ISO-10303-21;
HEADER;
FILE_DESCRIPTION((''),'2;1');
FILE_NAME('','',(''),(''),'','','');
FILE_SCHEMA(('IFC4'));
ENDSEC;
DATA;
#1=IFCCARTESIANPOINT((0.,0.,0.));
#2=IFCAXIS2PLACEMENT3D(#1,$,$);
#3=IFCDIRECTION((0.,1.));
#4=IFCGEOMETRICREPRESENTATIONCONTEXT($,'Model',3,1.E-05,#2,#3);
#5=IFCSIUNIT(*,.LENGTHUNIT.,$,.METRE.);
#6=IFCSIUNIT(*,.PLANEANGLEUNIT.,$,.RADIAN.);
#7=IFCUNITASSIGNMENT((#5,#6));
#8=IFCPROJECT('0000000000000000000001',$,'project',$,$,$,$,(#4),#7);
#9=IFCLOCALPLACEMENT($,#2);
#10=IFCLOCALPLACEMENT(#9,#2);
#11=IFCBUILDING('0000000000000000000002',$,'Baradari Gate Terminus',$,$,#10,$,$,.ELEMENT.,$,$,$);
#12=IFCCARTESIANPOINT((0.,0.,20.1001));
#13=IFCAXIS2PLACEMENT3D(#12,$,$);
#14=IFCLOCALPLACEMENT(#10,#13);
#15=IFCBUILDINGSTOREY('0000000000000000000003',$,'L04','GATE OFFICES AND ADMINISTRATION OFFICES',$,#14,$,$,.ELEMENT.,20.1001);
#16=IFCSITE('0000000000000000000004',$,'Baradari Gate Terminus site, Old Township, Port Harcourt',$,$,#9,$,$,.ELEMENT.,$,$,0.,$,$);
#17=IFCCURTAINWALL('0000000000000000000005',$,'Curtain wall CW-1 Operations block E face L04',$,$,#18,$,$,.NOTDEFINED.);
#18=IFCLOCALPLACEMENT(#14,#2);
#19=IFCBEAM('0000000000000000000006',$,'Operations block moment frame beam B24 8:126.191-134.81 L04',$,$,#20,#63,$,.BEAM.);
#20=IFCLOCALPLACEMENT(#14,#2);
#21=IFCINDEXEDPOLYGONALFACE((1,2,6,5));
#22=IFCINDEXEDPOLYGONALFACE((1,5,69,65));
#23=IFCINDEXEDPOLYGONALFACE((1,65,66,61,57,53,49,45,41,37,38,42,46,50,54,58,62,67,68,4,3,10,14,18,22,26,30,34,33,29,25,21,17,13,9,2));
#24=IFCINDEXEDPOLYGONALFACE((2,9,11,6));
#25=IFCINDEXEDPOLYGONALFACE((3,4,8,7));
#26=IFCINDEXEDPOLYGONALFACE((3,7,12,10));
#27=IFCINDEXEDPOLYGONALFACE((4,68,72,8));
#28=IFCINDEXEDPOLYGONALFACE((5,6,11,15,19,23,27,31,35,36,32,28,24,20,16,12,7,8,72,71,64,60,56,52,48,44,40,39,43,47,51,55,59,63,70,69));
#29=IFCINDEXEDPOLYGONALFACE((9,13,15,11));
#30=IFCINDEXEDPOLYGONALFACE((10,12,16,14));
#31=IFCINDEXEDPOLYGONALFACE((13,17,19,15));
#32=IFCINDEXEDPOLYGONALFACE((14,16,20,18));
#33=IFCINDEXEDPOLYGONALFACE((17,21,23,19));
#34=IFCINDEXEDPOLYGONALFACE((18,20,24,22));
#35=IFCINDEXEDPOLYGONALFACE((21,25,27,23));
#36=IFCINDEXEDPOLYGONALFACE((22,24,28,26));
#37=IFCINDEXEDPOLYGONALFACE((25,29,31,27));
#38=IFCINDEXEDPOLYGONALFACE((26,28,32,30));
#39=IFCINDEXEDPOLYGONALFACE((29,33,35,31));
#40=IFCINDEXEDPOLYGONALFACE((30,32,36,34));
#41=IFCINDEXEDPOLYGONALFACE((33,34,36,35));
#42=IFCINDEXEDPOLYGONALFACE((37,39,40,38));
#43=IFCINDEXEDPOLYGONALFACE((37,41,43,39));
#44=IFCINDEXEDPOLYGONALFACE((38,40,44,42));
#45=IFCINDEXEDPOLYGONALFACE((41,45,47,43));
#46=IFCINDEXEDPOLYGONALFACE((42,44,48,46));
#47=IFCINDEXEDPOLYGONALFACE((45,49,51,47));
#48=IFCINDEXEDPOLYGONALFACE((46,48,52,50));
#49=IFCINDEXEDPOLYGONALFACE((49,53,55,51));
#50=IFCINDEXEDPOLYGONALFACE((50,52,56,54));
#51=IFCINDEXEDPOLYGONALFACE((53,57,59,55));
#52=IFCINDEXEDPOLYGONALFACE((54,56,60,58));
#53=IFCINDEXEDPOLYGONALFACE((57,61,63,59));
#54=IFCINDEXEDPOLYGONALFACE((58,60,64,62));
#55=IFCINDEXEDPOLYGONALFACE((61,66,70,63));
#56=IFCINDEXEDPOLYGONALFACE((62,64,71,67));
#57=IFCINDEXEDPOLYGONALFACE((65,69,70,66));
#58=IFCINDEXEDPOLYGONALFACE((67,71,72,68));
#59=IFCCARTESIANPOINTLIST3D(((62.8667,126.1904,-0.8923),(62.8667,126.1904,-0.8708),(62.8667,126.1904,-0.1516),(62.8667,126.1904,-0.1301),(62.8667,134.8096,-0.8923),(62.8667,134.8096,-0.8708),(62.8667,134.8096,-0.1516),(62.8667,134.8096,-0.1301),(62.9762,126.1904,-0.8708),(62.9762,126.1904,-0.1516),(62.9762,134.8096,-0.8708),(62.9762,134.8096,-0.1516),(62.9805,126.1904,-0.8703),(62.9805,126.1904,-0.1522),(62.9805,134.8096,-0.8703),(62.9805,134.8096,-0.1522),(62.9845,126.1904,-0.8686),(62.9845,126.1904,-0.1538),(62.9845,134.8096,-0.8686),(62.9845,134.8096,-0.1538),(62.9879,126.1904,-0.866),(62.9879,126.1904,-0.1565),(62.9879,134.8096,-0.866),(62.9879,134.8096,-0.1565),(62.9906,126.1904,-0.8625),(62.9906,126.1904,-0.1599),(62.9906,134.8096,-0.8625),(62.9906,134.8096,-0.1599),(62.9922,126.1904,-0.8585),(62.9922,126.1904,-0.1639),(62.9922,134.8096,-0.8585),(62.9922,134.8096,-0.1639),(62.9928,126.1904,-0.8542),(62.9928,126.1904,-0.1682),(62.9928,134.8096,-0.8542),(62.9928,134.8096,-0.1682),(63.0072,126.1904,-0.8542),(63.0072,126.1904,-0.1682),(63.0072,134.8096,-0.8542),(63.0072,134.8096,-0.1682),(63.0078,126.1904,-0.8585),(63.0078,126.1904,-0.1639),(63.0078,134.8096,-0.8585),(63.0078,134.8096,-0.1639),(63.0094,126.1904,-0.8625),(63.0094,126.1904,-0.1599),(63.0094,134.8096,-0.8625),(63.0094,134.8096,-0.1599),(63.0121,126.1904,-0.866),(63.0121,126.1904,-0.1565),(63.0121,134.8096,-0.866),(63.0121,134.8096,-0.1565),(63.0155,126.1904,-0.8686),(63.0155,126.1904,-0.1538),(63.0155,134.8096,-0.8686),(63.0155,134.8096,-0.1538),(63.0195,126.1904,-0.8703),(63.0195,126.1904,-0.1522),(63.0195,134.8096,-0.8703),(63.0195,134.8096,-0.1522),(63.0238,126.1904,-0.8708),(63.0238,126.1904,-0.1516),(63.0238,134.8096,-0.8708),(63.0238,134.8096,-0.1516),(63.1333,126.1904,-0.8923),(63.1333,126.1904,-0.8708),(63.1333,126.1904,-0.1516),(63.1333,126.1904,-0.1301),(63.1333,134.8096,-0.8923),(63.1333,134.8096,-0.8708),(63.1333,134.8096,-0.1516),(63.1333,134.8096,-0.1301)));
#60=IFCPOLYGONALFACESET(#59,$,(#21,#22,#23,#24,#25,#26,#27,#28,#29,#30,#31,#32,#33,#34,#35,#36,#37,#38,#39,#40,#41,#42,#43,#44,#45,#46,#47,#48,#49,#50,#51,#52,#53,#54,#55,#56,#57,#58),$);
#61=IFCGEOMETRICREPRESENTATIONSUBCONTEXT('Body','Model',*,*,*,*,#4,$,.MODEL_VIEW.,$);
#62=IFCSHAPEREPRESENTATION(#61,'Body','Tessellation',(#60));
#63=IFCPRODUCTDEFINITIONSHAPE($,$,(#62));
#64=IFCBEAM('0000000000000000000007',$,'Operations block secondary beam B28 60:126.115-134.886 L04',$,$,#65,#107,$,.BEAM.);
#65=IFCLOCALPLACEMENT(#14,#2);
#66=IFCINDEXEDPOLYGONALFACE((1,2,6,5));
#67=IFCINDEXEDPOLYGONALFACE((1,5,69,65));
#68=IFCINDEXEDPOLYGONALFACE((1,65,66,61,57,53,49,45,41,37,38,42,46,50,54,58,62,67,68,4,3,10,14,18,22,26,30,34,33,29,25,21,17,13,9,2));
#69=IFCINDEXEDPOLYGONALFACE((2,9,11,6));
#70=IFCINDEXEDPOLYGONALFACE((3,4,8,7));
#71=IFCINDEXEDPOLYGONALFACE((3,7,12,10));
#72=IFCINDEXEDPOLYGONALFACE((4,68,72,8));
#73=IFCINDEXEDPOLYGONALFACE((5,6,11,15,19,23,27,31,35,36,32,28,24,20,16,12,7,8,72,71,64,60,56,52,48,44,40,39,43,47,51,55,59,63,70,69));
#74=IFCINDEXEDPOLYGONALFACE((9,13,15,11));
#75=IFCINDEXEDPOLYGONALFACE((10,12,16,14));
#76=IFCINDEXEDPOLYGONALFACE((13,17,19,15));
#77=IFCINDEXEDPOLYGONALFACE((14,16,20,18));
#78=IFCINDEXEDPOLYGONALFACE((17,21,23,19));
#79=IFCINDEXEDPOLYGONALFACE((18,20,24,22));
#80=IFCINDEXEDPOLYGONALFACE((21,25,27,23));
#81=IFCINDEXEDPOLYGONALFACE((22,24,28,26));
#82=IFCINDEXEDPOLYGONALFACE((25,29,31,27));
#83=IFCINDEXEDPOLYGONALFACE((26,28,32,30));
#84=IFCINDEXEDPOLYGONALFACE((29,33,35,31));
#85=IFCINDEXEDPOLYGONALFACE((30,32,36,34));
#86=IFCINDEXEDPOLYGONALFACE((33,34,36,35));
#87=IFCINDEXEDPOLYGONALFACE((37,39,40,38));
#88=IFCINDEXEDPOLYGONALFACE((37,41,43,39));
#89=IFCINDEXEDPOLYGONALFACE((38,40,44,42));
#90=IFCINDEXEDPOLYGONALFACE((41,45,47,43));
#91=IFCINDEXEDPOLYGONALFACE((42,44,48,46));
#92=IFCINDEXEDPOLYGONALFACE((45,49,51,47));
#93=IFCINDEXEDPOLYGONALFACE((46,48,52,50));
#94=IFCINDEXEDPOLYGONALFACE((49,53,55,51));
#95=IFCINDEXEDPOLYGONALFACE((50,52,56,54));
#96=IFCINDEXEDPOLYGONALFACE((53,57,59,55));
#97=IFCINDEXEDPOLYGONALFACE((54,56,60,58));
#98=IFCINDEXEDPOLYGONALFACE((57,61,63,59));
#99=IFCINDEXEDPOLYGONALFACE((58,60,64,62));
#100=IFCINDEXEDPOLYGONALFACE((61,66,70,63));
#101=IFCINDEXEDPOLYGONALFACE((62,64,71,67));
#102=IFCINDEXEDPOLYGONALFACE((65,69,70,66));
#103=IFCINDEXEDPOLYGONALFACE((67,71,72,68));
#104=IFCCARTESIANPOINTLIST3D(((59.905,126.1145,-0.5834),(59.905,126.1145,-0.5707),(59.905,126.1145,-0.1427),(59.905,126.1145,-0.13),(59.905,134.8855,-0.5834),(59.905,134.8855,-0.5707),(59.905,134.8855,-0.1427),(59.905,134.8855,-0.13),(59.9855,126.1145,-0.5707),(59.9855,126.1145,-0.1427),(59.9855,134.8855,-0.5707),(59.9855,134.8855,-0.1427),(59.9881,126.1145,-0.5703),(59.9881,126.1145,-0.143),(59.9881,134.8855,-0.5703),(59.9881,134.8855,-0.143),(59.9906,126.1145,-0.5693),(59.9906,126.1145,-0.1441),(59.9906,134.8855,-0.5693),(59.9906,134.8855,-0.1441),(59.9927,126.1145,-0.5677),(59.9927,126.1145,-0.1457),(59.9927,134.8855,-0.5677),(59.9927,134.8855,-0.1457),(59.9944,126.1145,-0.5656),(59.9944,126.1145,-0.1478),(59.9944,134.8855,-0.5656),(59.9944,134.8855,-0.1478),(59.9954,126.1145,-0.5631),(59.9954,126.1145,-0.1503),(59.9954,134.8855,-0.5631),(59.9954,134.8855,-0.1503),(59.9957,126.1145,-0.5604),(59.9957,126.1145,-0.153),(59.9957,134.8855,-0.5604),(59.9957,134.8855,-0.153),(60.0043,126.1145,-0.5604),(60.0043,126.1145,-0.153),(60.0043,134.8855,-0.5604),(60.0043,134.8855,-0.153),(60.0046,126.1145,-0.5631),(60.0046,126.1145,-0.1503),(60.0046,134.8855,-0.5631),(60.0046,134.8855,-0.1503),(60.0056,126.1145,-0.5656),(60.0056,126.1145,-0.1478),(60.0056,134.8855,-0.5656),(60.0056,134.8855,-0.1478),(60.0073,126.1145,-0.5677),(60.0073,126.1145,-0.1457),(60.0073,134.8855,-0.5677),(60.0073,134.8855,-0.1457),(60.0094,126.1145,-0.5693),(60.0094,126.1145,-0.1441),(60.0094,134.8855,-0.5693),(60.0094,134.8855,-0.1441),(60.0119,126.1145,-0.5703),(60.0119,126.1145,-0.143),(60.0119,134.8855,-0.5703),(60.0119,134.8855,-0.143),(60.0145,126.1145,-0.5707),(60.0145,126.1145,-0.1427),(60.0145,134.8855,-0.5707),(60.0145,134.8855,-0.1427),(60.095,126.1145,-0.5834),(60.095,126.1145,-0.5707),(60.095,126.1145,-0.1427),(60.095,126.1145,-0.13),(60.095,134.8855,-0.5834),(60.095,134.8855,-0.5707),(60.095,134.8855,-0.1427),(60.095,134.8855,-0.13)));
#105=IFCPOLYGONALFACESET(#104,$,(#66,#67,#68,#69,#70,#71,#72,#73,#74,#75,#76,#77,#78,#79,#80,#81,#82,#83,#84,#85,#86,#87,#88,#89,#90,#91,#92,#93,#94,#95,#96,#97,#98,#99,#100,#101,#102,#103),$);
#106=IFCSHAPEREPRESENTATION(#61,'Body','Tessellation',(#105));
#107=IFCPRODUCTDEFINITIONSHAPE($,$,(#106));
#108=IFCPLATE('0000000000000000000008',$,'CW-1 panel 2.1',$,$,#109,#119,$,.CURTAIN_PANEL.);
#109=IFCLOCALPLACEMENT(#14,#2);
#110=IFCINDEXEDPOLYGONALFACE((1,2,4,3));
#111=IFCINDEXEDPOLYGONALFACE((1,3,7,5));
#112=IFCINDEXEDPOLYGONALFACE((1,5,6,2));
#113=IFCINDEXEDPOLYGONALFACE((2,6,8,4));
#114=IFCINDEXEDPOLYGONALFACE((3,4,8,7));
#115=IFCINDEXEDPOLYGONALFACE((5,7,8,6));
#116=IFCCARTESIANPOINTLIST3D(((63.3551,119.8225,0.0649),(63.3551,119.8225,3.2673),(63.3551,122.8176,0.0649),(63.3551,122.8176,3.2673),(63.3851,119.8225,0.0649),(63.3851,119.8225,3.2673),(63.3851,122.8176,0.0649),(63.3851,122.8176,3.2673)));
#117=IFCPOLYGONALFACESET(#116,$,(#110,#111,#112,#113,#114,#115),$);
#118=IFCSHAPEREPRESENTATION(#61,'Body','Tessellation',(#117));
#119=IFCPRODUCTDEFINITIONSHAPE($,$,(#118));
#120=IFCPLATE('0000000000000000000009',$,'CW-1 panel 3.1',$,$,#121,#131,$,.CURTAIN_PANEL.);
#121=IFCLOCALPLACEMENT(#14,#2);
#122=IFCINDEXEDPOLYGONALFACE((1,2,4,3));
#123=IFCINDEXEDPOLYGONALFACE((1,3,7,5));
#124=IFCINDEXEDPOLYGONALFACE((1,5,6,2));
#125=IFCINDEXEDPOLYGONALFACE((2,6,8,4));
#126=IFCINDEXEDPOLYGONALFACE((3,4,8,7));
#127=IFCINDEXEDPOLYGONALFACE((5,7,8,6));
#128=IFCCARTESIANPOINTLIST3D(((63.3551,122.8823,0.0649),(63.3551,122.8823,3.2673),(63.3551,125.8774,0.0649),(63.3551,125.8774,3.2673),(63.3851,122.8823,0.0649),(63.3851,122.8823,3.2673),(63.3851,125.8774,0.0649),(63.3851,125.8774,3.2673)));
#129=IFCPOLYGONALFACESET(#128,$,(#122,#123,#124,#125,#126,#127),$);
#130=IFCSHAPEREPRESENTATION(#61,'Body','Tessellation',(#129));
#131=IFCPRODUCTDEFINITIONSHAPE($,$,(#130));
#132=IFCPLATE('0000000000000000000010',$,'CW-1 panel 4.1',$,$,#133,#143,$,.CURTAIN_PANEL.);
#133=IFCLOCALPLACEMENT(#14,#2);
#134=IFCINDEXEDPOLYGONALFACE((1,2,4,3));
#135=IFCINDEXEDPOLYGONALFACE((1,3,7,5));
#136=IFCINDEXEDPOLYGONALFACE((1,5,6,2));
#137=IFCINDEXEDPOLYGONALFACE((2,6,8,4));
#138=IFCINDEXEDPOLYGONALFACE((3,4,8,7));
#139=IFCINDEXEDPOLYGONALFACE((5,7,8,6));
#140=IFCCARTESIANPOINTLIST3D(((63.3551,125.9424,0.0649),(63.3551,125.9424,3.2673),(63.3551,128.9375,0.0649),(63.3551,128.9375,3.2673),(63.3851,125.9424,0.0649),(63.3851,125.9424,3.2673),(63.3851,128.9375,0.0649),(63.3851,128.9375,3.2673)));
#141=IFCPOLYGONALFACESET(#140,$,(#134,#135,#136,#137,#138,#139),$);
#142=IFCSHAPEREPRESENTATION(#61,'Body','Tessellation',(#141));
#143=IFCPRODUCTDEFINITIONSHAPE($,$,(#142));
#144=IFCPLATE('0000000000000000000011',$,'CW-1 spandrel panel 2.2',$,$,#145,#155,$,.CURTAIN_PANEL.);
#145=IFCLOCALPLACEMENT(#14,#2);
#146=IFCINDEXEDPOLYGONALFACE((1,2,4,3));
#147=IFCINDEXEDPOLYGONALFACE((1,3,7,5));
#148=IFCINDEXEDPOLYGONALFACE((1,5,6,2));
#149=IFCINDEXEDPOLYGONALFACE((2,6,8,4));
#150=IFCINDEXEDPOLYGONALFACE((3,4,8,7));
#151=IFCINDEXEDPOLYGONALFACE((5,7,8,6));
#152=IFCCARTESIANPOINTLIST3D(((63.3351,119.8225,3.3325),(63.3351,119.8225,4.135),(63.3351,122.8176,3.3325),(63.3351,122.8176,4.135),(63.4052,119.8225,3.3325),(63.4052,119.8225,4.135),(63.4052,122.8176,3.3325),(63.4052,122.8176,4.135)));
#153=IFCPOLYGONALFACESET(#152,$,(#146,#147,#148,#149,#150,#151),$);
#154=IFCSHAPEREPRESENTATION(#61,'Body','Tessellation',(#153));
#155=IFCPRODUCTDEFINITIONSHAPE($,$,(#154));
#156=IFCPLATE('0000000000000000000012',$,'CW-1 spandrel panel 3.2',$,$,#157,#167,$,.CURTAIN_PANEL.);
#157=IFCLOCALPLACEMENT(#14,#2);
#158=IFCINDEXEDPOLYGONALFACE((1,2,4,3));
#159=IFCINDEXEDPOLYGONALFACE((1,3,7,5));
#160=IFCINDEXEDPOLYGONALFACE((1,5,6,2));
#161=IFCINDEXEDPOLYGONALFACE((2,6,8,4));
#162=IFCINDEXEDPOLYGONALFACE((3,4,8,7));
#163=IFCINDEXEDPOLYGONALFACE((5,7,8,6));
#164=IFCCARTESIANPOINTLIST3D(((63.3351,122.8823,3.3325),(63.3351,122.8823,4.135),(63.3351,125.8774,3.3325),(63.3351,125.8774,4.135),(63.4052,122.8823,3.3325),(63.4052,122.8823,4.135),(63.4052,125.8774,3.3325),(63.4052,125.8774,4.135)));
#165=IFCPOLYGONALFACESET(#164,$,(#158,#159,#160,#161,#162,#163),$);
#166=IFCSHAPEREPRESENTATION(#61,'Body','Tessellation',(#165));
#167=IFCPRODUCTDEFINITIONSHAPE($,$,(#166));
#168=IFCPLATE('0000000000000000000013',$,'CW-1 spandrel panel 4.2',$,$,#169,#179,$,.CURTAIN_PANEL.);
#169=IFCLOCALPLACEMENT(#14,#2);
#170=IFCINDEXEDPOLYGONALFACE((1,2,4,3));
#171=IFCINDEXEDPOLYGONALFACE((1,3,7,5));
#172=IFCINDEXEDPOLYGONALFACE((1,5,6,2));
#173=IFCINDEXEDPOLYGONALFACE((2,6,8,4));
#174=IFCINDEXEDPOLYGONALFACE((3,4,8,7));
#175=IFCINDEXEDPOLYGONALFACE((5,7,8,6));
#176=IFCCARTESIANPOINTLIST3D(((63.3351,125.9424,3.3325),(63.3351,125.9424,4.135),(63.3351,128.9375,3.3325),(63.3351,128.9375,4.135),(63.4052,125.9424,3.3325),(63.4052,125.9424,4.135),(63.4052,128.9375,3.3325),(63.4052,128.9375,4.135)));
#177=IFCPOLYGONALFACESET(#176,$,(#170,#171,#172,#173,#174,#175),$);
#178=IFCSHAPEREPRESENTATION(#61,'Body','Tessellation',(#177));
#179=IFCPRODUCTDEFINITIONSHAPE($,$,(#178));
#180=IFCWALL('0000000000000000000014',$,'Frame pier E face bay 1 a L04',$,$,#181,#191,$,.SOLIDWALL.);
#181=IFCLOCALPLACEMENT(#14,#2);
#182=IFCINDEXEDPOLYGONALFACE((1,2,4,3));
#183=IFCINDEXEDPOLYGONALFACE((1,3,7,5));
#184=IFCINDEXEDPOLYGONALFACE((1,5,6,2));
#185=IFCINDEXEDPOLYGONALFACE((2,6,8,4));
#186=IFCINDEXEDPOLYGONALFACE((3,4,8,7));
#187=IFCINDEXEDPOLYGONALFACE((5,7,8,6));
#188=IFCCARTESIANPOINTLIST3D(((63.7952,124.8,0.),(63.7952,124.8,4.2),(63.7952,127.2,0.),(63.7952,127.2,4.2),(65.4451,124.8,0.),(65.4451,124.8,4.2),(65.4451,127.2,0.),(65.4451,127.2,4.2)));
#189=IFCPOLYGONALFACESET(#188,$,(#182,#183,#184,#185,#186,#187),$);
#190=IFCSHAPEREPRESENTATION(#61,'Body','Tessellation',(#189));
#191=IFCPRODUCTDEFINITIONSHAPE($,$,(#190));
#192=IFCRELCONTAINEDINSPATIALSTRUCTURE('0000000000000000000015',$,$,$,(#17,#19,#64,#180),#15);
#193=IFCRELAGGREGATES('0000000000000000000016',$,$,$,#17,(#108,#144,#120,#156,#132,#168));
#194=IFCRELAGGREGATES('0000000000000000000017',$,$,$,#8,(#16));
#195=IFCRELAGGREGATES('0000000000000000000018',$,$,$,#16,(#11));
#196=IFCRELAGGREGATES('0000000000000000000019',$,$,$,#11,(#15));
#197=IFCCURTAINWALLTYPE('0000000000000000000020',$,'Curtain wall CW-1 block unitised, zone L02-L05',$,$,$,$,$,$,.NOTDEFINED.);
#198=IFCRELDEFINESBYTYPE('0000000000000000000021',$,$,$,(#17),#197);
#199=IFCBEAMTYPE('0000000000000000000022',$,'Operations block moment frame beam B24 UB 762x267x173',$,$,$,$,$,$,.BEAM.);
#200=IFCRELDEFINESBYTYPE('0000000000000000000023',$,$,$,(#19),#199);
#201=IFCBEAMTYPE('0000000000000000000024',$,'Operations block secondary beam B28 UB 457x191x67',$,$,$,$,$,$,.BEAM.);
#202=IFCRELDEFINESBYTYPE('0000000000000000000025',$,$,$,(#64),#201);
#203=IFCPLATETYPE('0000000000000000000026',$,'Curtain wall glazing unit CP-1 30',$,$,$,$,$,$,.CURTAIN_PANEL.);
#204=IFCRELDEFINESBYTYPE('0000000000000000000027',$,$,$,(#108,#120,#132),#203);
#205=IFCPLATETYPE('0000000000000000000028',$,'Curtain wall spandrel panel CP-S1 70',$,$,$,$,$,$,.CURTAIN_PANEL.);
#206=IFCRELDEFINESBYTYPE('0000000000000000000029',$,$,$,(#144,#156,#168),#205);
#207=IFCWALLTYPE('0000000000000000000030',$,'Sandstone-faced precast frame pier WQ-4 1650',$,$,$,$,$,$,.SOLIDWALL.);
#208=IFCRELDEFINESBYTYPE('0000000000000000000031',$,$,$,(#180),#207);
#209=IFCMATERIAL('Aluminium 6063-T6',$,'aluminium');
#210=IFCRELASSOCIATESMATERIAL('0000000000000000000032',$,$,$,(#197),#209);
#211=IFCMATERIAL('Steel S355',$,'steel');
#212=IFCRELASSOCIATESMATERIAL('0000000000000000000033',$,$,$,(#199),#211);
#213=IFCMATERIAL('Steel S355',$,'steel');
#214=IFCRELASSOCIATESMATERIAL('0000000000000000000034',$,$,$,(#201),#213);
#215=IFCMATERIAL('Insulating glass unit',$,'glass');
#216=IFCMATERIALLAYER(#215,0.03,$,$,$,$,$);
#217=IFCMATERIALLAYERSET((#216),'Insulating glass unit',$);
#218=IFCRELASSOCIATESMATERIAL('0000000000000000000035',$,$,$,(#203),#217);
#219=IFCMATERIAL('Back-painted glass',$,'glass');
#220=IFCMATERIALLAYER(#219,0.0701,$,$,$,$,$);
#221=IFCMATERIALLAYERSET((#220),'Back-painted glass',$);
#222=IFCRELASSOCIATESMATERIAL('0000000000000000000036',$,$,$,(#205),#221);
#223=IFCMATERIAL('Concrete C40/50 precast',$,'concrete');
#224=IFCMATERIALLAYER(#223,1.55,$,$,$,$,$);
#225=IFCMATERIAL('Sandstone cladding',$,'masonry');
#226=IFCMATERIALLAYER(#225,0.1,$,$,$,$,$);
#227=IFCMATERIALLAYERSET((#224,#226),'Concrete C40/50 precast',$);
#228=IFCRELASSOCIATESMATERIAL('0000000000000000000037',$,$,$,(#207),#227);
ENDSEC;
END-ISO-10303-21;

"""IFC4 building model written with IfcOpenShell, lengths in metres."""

from ifc_helpers import new_model, si_unit, direction, frame, frame_2d, origin, origin_2d, place, context, subcontext, project, spatial, rectangle, i_section, extrude, material, layer, layer_set, material_profile, profile_set, type_object, element, aggregate, save


model = new_model("IFC4")

# Units and contexts
model_context = context("Model", 3, precision=1e-05, world=origin(), true_north=direction((0.0, 1.0)))
body_context = subcontext(model_context, "Body", "Model", "MODEL_VIEW")
ifc_project = project(units=[si_unit("LENGTHUNIT", "METRE"), si_unit("PLANEANGLEUNIT", "RADIAN")], contexts=[model_context])

# Site, building, storey
site_placement = place(None, origin())
site = spatial("IfcSite", under=ifc_project, at=site_placement, Name="Baradari Gate Terminus site, Old Township, Port Harcourt", CompositionType="ELEMENT", RefElevation=0.0)
building_placement = place(site_placement, origin())
building = spatial("IfcBuilding", under=site, at=building_placement, Name="Baradari Gate Terminus", CompositionType="ELEMENT")
storey_placement = place(building_placement, frame((0.0, 0.0, 20.1001)))
storey = spatial("IfcBuildingStorey", under=building, at=storey_placement, Name="L04", Description="GATE OFFICES AND ADMINISTRATION OFFICES", CompositionType="ELEMENT", Elevation=20.1001)

# Curtain wall
ifc_material_1 = material(Name="Aluminium 6063-T6", Category="aluminium")
curtain_wall_type = type_object("IfcCurtainWallType", Name="Curtain wall CW-1 block unitised, zone L02-L05", PredefinedType="NOTDEFINED", material=ifc_material_1)
curtain_wall_placement = place(storey_placement, origin())
curtain_wall = element("IfcCurtainWall", 1, at=curtain_wall_placement, inside=storey, type_object=curtain_wall_type, Name="Curtain wall CW-1 Operations block E face L04", PredefinedType="NOTDEFINED")

# Beams
ifc_material_2 = material(Name="Steel S355", Category="steel")
ifc_material_profile_1 = material_profile(ifc_material_2, i_section(OverallWidth=0.2666, OverallDepth=0.7622, WebThickness=0.0144, FlangeThickness=0.0215, FilletRadius=0.0166, at=origin_2d()), Name="UB 762x267x173")
ifc_profile_set_1 = profile_set([ifc_material_profile_1], Name="Steel S355")
beam_type_1 = type_object("IfcBeamType", Name="Operations block moment frame beam B24 UB 762x267x173", PredefinedType="BEAM", material=ifc_profile_set_1)
beam_1_placement = place(storey_placement, frame((63.0, 126.1904, -0.5112), z_axis=(0.0, 1.0, 0.0), x_axis=(-1.0, 0.0, 0.0)))
element("IfcBeam", 2, at=beam_1_placement, inside=storey, type_object=beam_type_1, Name="Operations block moment frame beam B24 8:126.191-134.81 L04", PredefinedType="BEAM", context=body_context, shape_type="SweptSolid", body=[
    extrude(i_section(OverallWidth=0.2666, OverallDepth=0.7622, WebThickness=0.0144, FlangeThickness=0.0215, FilletRadius=0.0166, at=origin_2d()), origin(), (0.0, 0.0, 1.0), 8.6191),
])
ifc_material_3 = material(Name="Steel S355", Category="steel")
ifc_material_profile_2 = material_profile(ifc_material_3, i_section(OverallWidth=0.1899, OverallDepth=0.4534, WebThickness=0.0085, FlangeThickness=0.0127, FilletRadius=0.0103, at=origin_2d()), Name="UB 457x191x67")
ifc_profile_set_2 = profile_set([ifc_material_profile_2], Name="Steel S355")
beam_type_2 = type_object("IfcBeamType", Name="Operations block secondary beam B28 UB 457x191x67", PredefinedType="BEAM", material=ifc_profile_set_2)
beam_2_placement = place(storey_placement, frame((60.0, 126.1145, -0.3567), z_axis=(0.0, 1.0, 0.0), x_axis=(-1.0, 0.0, 0.0)))
element("IfcBeam", 3, at=beam_2_placement, inside=storey, type_object=beam_type_2, Name="Operations block secondary beam B28 60:126.115-134.886 L04", PredefinedType="BEAM", context=body_context, shape_type="SweptSolid", body=[
    extrude(i_section(OverallWidth=0.1899, OverallDepth=0.4534, WebThickness=0.0085, FlangeThickness=0.0127, FilletRadius=0.0103, at=origin_2d()), origin(), (0.0, 0.0, 1.0), 8.771),
])

# Plates
ifc_material_4 = material(Name="Insulating glass unit", Category="glass")
ifc_layer_1 = layer(ifc_material_4, 0.03)
ifc_layer_set_1 = layer_set([ifc_layer_1], Name="Insulating glass unit")
plate_type_1 = type_object("IfcPlateType", Name="Curtain wall glazing unit CP-1 30", PredefinedType="CURTAIN_PANEL", material=ifc_layer_set_1)
plate_1_placement = place(storey_placement, frame((63.3701, 121.3201, 0.0649), z_axis=(0.0, 0.0, 1.0), x_axis=(0.0, 1.0, 0.0)))
plate_1 = element("IfcPlate", 4, at=plate_1_placement, type_object=plate_type_1, Name="CW-1 panel 2.1", PredefinedType="CURTAIN_PANEL", context=body_context, shape_type="SweptSolid", body=[
    extrude(rectangle(XDim=2.9951, YDim=0.03, at=origin_2d()), origin(), (0.0, 0.0, 1.0), 3.2024),
])
plate_2_placement = place(storey_placement, frame((63.3701, 124.3799, 0.0649), z_axis=(0.0, 0.0, 1.0), x_axis=(0.0, 1.0, 0.0)))
plate_2 = element("IfcPlate", 5, at=plate_2_placement, type_object=plate_type_1, Name="CW-1 panel 3.1", PredefinedType="CURTAIN_PANEL", context=body_context, shape_type="SweptSolid", body=[
    extrude(rectangle(XDim=2.9951, YDim=0.03, at=origin_2d()), origin(), (0.0, 0.0, 1.0), 3.2024),
])
plate_3_placement = place(storey_placement, frame((63.3701, 127.4399, 0.0649), z_axis=(0.0, 0.0, 1.0), x_axis=(0.0, 1.0, 0.0)))
plate_3 = element("IfcPlate", 6, at=plate_3_placement, type_object=plate_type_1, Name="CW-1 panel 4.1", PredefinedType="CURTAIN_PANEL", context=body_context, shape_type="SweptSolid", body=[
    extrude(rectangle(XDim=2.9951, YDim=0.03, at=origin_2d()), origin(), (0.0, 0.0, 1.0), 3.2024),
])
ifc_material_5 = material(Name="Back-painted glass", Category="glass")
ifc_layer_2 = layer(ifc_material_5, 0.0701)
ifc_layer_set_2 = layer_set([ifc_layer_2], Name="Back-painted glass")
plate_type_2 = type_object("IfcPlateType", Name="Curtain wall spandrel panel CP-S1 70", PredefinedType="CURTAIN_PANEL", material=ifc_layer_set_2)
plate_4_placement = place(storey_placement, frame((63.3701, 121.3201, 3.3325), z_axis=(0.0, 0.0, 1.0), x_axis=(0.0, 1.0, 0.0)))
plate_4 = element("IfcPlate", 7, at=plate_4_placement, type_object=plate_type_2, Name="CW-1 spandrel panel 2.2", PredefinedType="CURTAIN_PANEL", context=body_context, shape_type="SweptSolid", body=[
    extrude(rectangle(XDim=2.9951, YDim=0.0701, at=origin_2d()), origin(), (0.0, 0.0, 1.0), 0.8025),
])
plate_5_placement = place(storey_placement, frame((63.3701, 124.3799, 3.3325), z_axis=(0.0, 0.0, 1.0), x_axis=(0.0, 1.0, 0.0)))
plate_5 = element("IfcPlate", 8, at=plate_5_placement, type_object=plate_type_2, Name="CW-1 spandrel panel 3.2", PredefinedType="CURTAIN_PANEL", context=body_context, shape_type="SweptSolid", body=[
    extrude(rectangle(XDim=2.9951, YDim=0.0701, at=origin_2d()), origin(), (0.0, 0.0, 1.0), 0.8025),
])
plate_6_placement = place(storey_placement, frame((63.3701, 127.4399, 3.3325), z_axis=(0.0, 0.0, 1.0), x_axis=(0.0, 1.0, 0.0)))
plate_6 = element("IfcPlate", 9, at=plate_6_placement, type_object=plate_type_2, Name="CW-1 spandrel panel 4.2", PredefinedType="CURTAIN_PANEL", context=body_context, shape_type="SweptSolid", body=[
    extrude(rectangle(XDim=2.9951, YDim=0.0701, at=origin_2d()), origin(), (0.0, 0.0, 1.0), 0.8025),
])
aggregate(curtain_wall, [plate_1, plate_4, plate_2, plate_5, plate_3, plate_6])

# Wall
ifc_material_6 = material(Name="Concrete C40/50 precast", Category="concrete")
ifc_layer_3 = layer(ifc_material_6, 1.55)
ifc_material_7 = material(Name="Sandstone cladding", Category="masonry")
ifc_layer_4 = layer(ifc_material_7, 0.1)
ifc_layer_set_3 = layer_set([ifc_layer_3, ifc_layer_4], Name="Concrete C40/50 precast")
wall_type = type_object("IfcWallType", Name="Sandstone-faced precast frame pier WQ-4 1650", PredefinedType="SOLIDWALL", material=ifc_layer_set_3)
wall_placement = place(storey_placement, frame((64.6201, 124.8, 0.0), z_axis=(0.0, 0.0, 1.0), x_axis=(0.0, 1.0, 0.0)))
element("IfcWall", 10, at=wall_placement, inside=storey, type_object=wall_type, Name="Frame pier E face bay 1 a L04", PredefinedType="SOLIDWALL", context=body_context, shape_type="SweptSolid", body=[
    extrude(rectangle(XDim=2.3999, YDim=1.6499, at=frame_2d((1.2, 0.0))), origin(), (0.0, 0.0, 1.0), 4.2),
])

save(model, "model.ifc")
